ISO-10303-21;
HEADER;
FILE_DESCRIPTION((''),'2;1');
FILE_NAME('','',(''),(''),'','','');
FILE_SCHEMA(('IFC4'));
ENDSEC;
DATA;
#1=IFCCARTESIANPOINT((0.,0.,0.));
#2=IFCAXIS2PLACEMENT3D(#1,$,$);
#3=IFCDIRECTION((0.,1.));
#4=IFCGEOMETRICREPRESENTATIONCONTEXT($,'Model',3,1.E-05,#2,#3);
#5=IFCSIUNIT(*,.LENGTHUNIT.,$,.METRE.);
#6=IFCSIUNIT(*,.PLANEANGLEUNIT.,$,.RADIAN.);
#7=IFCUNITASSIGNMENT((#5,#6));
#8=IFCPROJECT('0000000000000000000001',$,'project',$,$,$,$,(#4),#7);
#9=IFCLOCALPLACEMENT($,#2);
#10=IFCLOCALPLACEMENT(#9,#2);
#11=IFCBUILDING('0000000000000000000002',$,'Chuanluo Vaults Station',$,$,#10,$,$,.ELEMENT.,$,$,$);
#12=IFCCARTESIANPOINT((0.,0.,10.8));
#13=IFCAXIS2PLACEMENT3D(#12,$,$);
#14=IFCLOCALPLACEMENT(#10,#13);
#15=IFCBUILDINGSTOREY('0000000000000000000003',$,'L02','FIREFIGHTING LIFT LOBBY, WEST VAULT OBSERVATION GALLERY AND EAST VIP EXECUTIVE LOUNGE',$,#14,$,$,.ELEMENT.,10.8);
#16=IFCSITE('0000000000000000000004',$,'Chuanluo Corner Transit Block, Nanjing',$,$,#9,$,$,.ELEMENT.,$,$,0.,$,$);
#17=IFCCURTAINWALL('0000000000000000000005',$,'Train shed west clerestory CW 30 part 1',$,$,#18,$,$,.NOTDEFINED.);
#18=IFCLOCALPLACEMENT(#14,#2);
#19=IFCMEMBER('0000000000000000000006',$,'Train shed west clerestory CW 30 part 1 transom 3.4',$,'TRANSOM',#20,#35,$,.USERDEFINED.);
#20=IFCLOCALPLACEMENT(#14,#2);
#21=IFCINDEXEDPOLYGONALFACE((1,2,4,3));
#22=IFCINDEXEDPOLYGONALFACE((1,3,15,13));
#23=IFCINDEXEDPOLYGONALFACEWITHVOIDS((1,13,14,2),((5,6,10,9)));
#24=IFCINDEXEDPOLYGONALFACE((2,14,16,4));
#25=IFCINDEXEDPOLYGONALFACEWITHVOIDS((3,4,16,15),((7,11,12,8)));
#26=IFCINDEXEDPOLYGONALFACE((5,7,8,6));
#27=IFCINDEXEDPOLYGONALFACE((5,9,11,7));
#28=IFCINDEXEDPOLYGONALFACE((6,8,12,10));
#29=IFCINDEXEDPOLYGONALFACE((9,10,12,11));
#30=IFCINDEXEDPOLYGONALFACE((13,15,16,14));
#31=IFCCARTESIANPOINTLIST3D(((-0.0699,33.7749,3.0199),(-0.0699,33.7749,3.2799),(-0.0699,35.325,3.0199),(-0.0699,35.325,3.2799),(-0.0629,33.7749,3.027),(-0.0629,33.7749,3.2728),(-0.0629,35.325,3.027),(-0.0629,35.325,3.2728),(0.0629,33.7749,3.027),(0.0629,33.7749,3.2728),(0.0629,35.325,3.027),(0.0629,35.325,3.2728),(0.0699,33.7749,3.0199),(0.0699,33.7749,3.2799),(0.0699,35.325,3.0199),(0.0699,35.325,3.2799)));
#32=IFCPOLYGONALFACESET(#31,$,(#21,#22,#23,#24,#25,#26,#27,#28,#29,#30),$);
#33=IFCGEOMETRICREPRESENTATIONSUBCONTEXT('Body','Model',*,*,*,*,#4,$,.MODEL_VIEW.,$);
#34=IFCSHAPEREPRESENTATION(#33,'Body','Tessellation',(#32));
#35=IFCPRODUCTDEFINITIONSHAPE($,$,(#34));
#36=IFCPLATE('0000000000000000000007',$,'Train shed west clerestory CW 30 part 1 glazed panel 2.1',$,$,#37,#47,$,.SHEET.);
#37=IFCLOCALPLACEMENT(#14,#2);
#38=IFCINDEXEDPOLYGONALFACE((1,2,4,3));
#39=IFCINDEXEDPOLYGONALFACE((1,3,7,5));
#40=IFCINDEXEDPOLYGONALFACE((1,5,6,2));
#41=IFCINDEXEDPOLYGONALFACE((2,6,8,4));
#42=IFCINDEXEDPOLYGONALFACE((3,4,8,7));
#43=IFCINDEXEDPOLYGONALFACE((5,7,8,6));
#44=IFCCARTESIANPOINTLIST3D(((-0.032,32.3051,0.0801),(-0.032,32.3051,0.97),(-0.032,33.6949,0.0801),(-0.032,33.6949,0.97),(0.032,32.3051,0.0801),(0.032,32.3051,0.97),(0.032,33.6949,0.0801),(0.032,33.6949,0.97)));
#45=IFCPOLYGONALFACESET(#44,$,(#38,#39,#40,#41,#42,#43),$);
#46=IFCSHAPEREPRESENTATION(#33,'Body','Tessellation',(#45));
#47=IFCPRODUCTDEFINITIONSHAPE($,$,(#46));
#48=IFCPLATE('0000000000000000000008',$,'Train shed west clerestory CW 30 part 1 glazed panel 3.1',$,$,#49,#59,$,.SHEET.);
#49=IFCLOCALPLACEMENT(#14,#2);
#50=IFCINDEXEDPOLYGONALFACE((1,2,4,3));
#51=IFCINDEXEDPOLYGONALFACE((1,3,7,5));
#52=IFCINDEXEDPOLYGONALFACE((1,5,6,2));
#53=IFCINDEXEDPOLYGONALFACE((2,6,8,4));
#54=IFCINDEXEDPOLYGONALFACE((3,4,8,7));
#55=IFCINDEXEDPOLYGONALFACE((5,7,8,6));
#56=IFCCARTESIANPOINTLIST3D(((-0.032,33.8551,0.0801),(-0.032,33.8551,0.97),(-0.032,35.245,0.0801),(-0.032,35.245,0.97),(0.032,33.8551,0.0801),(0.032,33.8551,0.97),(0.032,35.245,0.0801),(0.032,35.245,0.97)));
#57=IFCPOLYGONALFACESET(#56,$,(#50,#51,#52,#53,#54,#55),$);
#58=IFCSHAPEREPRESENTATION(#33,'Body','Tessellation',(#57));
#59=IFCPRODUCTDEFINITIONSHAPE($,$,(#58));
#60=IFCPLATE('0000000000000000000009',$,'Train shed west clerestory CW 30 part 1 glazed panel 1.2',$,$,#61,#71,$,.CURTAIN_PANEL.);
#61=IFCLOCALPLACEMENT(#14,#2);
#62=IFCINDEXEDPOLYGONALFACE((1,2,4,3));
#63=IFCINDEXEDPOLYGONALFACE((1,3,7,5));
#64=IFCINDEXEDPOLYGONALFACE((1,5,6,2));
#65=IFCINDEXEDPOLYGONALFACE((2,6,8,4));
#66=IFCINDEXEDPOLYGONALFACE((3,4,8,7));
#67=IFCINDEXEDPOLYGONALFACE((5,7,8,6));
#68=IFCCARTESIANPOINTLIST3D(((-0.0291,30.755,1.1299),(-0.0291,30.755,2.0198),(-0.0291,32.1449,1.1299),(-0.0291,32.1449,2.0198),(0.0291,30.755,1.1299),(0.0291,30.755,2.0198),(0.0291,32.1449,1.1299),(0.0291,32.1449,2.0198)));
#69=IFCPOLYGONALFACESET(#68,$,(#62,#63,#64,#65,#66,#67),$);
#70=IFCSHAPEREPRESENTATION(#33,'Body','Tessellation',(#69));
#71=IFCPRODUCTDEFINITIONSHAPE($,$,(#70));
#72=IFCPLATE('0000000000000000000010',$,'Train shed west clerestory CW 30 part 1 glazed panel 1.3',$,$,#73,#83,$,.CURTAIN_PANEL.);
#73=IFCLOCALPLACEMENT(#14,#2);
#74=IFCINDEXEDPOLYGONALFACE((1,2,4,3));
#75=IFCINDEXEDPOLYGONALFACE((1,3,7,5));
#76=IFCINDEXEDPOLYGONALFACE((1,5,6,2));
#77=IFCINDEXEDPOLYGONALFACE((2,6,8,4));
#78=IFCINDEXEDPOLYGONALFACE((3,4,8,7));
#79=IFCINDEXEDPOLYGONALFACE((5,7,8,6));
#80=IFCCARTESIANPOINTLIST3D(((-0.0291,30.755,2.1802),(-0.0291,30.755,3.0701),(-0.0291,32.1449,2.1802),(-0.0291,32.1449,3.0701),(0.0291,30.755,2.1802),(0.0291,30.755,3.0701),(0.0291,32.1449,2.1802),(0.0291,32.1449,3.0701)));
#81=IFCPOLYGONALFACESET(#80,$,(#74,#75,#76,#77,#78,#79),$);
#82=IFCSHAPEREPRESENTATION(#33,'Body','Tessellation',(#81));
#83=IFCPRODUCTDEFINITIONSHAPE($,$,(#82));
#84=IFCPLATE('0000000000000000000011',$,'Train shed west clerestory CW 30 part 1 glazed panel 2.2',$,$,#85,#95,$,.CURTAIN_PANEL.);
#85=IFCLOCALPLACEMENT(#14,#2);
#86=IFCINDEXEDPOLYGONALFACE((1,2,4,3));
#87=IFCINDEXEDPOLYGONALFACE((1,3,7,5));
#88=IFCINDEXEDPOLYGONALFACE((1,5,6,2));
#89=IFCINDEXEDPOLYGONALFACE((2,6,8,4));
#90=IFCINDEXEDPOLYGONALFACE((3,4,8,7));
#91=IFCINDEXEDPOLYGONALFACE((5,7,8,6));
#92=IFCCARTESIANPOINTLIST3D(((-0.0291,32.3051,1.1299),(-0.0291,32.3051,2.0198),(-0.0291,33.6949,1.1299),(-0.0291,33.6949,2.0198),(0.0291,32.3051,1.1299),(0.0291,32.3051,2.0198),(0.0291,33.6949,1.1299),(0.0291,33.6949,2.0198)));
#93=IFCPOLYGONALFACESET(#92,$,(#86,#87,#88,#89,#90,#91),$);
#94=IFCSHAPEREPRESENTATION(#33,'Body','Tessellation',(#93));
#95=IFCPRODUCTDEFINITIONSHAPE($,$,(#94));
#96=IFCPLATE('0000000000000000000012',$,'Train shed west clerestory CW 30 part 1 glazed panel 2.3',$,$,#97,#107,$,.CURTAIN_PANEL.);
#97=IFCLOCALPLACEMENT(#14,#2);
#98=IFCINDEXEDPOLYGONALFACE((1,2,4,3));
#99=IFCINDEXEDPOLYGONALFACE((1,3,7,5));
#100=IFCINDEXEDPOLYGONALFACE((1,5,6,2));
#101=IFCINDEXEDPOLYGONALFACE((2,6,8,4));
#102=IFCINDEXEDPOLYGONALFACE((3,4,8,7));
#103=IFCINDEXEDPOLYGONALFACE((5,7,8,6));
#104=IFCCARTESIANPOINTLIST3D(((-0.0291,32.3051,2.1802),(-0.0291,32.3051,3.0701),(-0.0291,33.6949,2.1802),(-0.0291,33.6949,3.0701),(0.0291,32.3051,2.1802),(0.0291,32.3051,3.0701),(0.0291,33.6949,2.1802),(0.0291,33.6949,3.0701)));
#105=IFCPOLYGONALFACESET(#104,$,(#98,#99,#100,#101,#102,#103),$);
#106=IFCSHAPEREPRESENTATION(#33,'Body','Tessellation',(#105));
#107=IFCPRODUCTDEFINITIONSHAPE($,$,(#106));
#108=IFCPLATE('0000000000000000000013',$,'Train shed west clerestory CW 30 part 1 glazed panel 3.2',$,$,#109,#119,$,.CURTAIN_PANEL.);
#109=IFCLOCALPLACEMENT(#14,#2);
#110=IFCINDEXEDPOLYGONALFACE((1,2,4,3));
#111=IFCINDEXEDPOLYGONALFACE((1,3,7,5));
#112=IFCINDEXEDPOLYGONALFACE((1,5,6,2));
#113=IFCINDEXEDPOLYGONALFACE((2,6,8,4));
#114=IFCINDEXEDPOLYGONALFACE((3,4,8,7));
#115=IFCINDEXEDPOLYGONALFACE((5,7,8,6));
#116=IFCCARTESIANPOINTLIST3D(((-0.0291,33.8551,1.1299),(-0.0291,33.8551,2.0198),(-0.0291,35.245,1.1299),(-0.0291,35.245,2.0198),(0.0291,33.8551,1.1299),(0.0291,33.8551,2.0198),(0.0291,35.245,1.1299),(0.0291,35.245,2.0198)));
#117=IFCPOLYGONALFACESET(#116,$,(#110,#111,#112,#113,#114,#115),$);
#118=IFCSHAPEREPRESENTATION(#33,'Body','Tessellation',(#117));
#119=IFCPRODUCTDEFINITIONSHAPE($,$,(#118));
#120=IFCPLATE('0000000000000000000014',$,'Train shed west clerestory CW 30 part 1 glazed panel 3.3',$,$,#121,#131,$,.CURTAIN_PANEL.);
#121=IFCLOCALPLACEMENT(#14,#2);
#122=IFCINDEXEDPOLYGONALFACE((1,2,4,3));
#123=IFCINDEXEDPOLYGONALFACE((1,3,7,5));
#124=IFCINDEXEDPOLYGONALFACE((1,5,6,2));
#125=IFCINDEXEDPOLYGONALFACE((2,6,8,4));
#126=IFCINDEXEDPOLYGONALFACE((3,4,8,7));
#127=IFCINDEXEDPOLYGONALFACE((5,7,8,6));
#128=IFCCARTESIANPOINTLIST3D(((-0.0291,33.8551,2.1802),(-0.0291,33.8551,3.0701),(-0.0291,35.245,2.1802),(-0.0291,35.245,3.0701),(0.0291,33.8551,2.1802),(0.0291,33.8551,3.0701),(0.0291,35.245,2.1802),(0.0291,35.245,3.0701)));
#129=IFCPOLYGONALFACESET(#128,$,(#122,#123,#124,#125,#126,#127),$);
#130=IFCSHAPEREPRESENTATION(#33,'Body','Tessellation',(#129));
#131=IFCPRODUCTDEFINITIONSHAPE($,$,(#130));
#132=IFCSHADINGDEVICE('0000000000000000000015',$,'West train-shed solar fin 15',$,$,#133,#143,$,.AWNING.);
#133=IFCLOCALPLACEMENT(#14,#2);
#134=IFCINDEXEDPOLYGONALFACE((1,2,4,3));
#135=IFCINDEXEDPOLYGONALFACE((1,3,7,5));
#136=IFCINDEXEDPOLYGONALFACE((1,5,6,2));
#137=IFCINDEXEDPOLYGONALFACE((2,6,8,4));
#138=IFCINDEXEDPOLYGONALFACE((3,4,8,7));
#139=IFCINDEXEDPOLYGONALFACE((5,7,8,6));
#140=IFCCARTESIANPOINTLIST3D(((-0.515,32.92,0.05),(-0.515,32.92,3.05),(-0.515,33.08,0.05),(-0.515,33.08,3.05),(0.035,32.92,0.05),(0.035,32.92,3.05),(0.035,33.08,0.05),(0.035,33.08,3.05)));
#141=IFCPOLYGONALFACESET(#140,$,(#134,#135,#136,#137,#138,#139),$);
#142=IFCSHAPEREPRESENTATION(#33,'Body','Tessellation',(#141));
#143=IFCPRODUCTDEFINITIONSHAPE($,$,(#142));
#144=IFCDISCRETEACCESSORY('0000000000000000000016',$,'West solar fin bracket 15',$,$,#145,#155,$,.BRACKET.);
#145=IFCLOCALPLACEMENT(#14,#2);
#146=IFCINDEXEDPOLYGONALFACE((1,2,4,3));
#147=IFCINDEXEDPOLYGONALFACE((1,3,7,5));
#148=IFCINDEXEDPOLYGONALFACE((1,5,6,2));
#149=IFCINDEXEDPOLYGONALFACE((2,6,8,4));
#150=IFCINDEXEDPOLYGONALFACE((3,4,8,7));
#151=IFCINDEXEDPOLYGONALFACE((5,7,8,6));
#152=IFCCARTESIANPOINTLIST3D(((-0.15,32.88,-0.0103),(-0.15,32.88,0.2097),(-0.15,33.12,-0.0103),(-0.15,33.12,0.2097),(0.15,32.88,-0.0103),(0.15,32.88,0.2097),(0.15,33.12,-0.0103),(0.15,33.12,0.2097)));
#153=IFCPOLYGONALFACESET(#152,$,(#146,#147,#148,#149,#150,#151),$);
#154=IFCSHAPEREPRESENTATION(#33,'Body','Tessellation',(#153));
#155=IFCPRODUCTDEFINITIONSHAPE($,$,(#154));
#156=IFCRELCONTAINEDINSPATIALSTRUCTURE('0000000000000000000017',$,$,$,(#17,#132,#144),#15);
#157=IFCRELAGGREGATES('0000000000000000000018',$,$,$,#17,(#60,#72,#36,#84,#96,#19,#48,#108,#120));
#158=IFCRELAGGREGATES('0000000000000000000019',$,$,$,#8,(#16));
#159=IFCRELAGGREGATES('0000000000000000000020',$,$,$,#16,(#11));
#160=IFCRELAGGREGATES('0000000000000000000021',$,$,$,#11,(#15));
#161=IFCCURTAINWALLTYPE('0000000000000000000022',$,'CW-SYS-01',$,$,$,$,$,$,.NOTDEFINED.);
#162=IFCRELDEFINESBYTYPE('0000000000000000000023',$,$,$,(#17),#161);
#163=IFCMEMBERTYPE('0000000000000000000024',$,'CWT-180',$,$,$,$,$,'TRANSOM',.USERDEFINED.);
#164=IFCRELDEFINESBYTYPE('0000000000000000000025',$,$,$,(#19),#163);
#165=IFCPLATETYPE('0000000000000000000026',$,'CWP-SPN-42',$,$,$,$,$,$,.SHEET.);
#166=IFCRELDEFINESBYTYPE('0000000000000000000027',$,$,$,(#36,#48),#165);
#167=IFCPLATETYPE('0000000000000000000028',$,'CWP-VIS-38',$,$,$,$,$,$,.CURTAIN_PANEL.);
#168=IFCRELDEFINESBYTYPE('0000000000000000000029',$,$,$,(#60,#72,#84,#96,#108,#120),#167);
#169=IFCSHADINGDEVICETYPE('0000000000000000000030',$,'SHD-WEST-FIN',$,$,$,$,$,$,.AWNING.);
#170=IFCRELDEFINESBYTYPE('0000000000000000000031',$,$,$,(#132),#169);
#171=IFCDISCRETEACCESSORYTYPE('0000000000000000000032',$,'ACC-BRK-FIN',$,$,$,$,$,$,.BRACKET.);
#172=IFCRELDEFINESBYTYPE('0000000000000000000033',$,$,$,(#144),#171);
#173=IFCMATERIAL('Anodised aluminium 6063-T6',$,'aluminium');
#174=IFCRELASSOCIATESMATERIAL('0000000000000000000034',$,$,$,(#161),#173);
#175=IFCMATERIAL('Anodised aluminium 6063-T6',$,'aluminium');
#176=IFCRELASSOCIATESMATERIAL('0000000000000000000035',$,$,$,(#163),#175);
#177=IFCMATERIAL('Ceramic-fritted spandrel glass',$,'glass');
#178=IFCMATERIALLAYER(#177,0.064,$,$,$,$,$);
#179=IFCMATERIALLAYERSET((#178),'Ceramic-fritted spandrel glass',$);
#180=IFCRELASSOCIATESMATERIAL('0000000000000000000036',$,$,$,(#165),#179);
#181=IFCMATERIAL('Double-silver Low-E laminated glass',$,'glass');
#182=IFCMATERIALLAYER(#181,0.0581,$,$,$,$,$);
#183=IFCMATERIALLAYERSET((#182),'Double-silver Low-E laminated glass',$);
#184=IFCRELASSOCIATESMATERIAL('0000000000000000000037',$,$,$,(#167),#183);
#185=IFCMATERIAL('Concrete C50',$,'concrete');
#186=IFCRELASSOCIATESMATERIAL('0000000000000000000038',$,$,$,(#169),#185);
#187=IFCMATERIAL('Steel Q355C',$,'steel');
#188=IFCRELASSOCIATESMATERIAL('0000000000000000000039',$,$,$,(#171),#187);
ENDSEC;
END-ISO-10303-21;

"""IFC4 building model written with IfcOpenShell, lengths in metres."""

from ifc_helpers import new_model, si_unit, direction, frame, origin, origin_2d, place, context, subcontext, project, spatial, rectangle, hollow_rectangle, extrude, material, layer, layer_set, material_profile, profile_set, type_object, element, aggregate, save


model = new_model("IFC4")

# Units and contexts
model_context = context("Model", 3, precision=1e-05, world=origin(), true_north=direction((0.0, 1.0)))
body_context = subcontext(model_context, "Body", "Model", "MODEL_VIEW")
ifc_project = project(units=[si_unit("LENGTHUNIT", "METRE"), si_unit("PLANEANGLEUNIT", "RADIAN")], contexts=[model_context])

# Site, building, storey
site_placement = place(None, origin())
site = spatial("IfcSite", under=ifc_project, at=site_placement, Name="Chuanluo Corner Transit Block, Nanjing", CompositionType="ELEMENT", RefElevation=0.0)
building_placement = place(site_placement, origin())
building = spatial("IfcBuilding", under=site, at=building_placement, Name="Chuanluo Vaults Station", CompositionType="ELEMENT")
storey_placement = place(building_placement, frame((0.0, 0.0, 10.8)))
storey = spatial("IfcBuildingStorey", under=building, at=storey_placement, Name="L02", Description="FIREFIGHTING LIFT LOBBY, WEST VAULT OBSERVATION GALLERY AND EAST VIP EXECUTIVE LOUNGE", CompositionType="ELEMENT", Elevation=10.8)

# Curtain wall, member, plates
ifc_material_1 = material(Name="Anodised aluminium 6063-T6", Category="aluminium")
curtain_wall_type = type_object("IfcCurtainWallType", Name="CW-SYS-01", PredefinedType="NOTDEFINED", material=ifc_material_1)
curtain_wall_placement = place(storey_placement, origin())
curtain_wall = element("IfcCurtainWall", 1, at=curtain_wall_placement, inside=storey, type_object=curtain_wall_type, Name="Train shed west clerestory CW 30 part 1", PredefinedType="NOTDEFINED")
ifc_material_2 = material(Name="Anodised aluminium 6063-T6", Category="aluminium")
ifc_material_profile_1 = material_profile(ifc_material_2, hollow_rectangle(XDim=0.1399, YDim=0.26, WallThickness=0.0071, at=origin_2d()))
ifc_profile_set_1 = profile_set([ifc_material_profile_1], Name="Anodised aluminium 6063-T6")
member_type_1 = type_object("IfcMemberType", Name="CWT-180", ElementType="TRANSOM", PredefinedType="USERDEFINED", material=ifc_profile_set_1)
member_1_placement = place(storey_placement, frame((0.0, 33.7749, 3.1499), z_axis=(0.0, 1.0, 0.0), x_axis=(-1.0, 0.0, 0.0)))
member_1 = element("IfcMember", 2, at=member_1_placement, type_object=member_type_1, Name="Train shed west clerestory CW 30 part 1 transom 3.4", ObjectType="TRANSOM", PredefinedType="USERDEFINED", context=body_context, shape_type="SweptSolid", body=[
    extrude(hollow_rectangle(XDim=0.1399, YDim=0.26, WallThickness=0.0071, at=origin_2d()), origin(), (0.0, 0.0, 1.0), 1.55),
])
ifc_material_3 = material(Name="Ceramic-fritted spandrel glass", Category="glass")
ifc_layer_1 = layer(ifc_material_3, 0.064)
ifc_layer_set_1 = layer_set([ifc_layer_1], Name="Ceramic-fritted spandrel glass")
plate_type_1 = type_object("IfcPlateType", Name="CWP-SPN-42", PredefinedType="SHEET", material=ifc_layer_set_1)
plate_1_placement = place(storey_placement, frame((0.0, 33.0, 0.0801), z_axis=(0.0, 0.0, 1.0), x_axis=(0.0, 1.0, 0.0)))
plate_1 = element("IfcPlate", 3, at=plate_1_placement, type_object=plate_type_1, Name="Train shed west clerestory CW 30 part 1 glazed panel 2.1", PredefinedType="SHEET", context=body_context, shape_type="SweptSolid", body=[
    extrude(rectangle(XDim=1.3899, YDim=0.064, at=origin_2d()), origin(), (0.0, 0.0, 1.0), 0.8899),
])
plate_2_placement = place(storey_placement, frame((0.0, 34.55, 0.0801), z_axis=(0.0, 0.0, 1.0), x_axis=(0.0, 1.0, 0.0)))
plate_2 = element("IfcPlate", 4, at=plate_2_placement, type_object=plate_type_1, Name="Train shed west clerestory CW 30 part 1 glazed panel 3.1", PredefinedType="SHEET", context=body_context, shape_type="SweptSolid", body=[
    extrude(rectangle(XDim=1.3899, YDim=0.064, at=origin_2d()), origin(), (0.0, 0.0, 1.0), 0.8899),
])
ifc_material_4 = material(Name="Double-silver Low-E laminated glass", Category="glass")
ifc_layer_2 = layer(ifc_material_4, 0.0581)
ifc_layer_set_2 = layer_set([ifc_layer_2], Name="Double-silver Low-E laminated glass")
plate_type_2 = type_object("IfcPlateType", Name="CWP-VIS-38", PredefinedType="CURTAIN_PANEL", material=ifc_layer_set_2)
plate_3_placement = place(storey_placement, frame((0.0, 31.45, 1.1299), z_axis=(0.0, 0.0, 1.0), x_axis=(0.0, 1.0, 0.0)))
plate_3 = element("IfcPlate", 5, at=plate_3_placement, type_object=plate_type_2, Name="Train shed west clerestory CW 30 part 1 glazed panel 1.2", PredefinedType="CURTAIN_PANEL", context=body_context, shape_type="SweptSolid", body=[
    extrude(rectangle(XDim=1.3899, YDim=0.0581, at=origin_2d()), origin(), (0.0, 0.0, 1.0), 0.8899),
])
plate_4_placement = place(storey_placement, frame((0.0, 31.45, 2.1802), z_axis=(0.0, 0.0, 1.0), x_axis=(0.0, 1.0, 0.0)))
plate_4 = element("IfcPlate", 6, at=plate_4_placement, type_object=plate_type_2, Name="Train shed west clerestory CW 30 part 1 glazed panel 1.3", PredefinedType="CURTAIN_PANEL", context=body_context, shape_type="SweptSolid", body=[
    extrude(rectangle(XDim=1.3899, YDim=0.0581, at=origin_2d()), origin(), (0.0, 0.0, 1.0), 0.8899),
])
plate_5_placement = place(storey_placement, frame((0.0, 33.0, 1.1299), z_axis=(0.0, 0.0, 1.0), x_axis=(0.0, 1.0, 0.0)))
plate_5 = element("IfcPlate", 7, at=plate_5_placement, type_object=plate_type_2, Name="Train shed west clerestory CW 30 part 1 glazed panel 2.2", PredefinedType="CURTAIN_PANEL", context=body_context, shape_type="SweptSolid", body=[
    extrude(rectangle(XDim=1.3899, YDim=0.0581, at=origin_2d()), origin(), (0.0, 0.0, 1.0), 0.8899),
])
plate_6_placement = place(storey_placement, frame((0.0, 33.0, 2.1802), z_axis=(0.0, 0.0, 1.0), x_axis=(0.0, 1.0, 0.0)))
plate_6 = element("IfcPlate", 8, at=plate_6_placement, type_object=plate_type_2, Name="Train shed west clerestory CW 30 part 1 glazed panel 2.3", PredefinedType="CURTAIN_PANEL", context=body_context, shape_type="SweptSolid", body=[
    extrude(rectangle(XDim=1.3899, YDim=0.0581, at=origin_2d()), origin(), (0.0, 0.0, 1.0), 0.8899),
])
plate_7_placement = place(storey_placement, frame((0.0, 34.55, 1.1299), z_axis=(0.0, 0.0, 1.0), x_axis=(0.0, 1.0, 0.0)))
plate_7 = element("IfcPlate", 9, at=plate_7_placement, type_object=plate_type_2, Name="Train shed west clerestory CW 30 part 1 glazed panel 3.2", PredefinedType="CURTAIN_PANEL", context=body_context, shape_type="SweptSolid", body=[
    extrude(rectangle(XDim=1.3899, YDim=0.0581, at=origin_2d()), origin(), (0.0, 0.0, 1.0), 0.8899),
])
plate_8_placement = place(storey_placement, frame((0.0, 34.55, 2.1802), z_axis=(0.0, 0.0, 1.0), x_axis=(0.0, 1.0, 0.0)))
plate_8 = element("IfcPlate", 10, at=plate_8_placement, type_object=plate_type_2, Name="Train shed west clerestory CW 30 part 1 glazed panel 3.3", PredefinedType="CURTAIN_PANEL", context=body_context, shape_type="SweptSolid", body=[
    extrude(rectangle(XDim=1.3899, YDim=0.0581, at=origin_2d()), origin(), (0.0, 0.0, 1.0), 0.8899),
])
aggregate(curtain_wall, [plate_3, plate_4, plate_1, plate_5, plate_6, member_1, plate_2, plate_7, plate_8])

# Shading device
ifc_material_5 = material(Name="Concrete C50", Category="concrete")
shading_device_type = type_object("IfcShadingDeviceType", Name="SHD-WEST-FIN", PredefinedType="AWNING", material=ifc_material_5)
shading_device_placement = place(storey_placement, frame((-0.24, 33.0, 0.05), z_axis=(0.0, 0.0, 1.0), x_axis=(1.0, 0.0, 0.0)))
element("IfcShadingDevice", 11, at=shading_device_placement, inside=storey, type_object=shading_device_type, Name="West train-shed solar fin 15", PredefinedType="AWNING", context=body_context, shape_type="SweptSolid", body=[
    extrude(rectangle(XDim=0.55, YDim=0.1599, at=origin_2d()), origin(), (0.0, 0.0, 1.0), 3.0),
])

# Discrete accessory
ifc_material_6 = material(Name="Steel Q355C", Category="steel")
discrete_accessory_type = type_object("IfcDiscreteAccessoryType", Name="ACC-BRK-FIN", PredefinedType="BRACKET", material=ifc_material_6)
discrete_accessory_placement = place(storey_placement, frame((0.0, 33.0, -0.0103), z_axis=(0.0, 0.0, 1.0), x_axis=(1.0, 0.0, 0.0)))
element("IfcDiscreteAccessory", 12, at=discrete_accessory_placement, inside=storey, type_object=discrete_accessory_type, Name="West solar fin bracket 15", PredefinedType="BRACKET", context=body_context, shape_type="SweptSolid", body=[
    extrude(rectangle(XDim=0.3, YDim=0.24, at=origin_2d()), origin(), (0.0, 0.0, 1.0), 0.22),
])

save(model, "model.ifc")
